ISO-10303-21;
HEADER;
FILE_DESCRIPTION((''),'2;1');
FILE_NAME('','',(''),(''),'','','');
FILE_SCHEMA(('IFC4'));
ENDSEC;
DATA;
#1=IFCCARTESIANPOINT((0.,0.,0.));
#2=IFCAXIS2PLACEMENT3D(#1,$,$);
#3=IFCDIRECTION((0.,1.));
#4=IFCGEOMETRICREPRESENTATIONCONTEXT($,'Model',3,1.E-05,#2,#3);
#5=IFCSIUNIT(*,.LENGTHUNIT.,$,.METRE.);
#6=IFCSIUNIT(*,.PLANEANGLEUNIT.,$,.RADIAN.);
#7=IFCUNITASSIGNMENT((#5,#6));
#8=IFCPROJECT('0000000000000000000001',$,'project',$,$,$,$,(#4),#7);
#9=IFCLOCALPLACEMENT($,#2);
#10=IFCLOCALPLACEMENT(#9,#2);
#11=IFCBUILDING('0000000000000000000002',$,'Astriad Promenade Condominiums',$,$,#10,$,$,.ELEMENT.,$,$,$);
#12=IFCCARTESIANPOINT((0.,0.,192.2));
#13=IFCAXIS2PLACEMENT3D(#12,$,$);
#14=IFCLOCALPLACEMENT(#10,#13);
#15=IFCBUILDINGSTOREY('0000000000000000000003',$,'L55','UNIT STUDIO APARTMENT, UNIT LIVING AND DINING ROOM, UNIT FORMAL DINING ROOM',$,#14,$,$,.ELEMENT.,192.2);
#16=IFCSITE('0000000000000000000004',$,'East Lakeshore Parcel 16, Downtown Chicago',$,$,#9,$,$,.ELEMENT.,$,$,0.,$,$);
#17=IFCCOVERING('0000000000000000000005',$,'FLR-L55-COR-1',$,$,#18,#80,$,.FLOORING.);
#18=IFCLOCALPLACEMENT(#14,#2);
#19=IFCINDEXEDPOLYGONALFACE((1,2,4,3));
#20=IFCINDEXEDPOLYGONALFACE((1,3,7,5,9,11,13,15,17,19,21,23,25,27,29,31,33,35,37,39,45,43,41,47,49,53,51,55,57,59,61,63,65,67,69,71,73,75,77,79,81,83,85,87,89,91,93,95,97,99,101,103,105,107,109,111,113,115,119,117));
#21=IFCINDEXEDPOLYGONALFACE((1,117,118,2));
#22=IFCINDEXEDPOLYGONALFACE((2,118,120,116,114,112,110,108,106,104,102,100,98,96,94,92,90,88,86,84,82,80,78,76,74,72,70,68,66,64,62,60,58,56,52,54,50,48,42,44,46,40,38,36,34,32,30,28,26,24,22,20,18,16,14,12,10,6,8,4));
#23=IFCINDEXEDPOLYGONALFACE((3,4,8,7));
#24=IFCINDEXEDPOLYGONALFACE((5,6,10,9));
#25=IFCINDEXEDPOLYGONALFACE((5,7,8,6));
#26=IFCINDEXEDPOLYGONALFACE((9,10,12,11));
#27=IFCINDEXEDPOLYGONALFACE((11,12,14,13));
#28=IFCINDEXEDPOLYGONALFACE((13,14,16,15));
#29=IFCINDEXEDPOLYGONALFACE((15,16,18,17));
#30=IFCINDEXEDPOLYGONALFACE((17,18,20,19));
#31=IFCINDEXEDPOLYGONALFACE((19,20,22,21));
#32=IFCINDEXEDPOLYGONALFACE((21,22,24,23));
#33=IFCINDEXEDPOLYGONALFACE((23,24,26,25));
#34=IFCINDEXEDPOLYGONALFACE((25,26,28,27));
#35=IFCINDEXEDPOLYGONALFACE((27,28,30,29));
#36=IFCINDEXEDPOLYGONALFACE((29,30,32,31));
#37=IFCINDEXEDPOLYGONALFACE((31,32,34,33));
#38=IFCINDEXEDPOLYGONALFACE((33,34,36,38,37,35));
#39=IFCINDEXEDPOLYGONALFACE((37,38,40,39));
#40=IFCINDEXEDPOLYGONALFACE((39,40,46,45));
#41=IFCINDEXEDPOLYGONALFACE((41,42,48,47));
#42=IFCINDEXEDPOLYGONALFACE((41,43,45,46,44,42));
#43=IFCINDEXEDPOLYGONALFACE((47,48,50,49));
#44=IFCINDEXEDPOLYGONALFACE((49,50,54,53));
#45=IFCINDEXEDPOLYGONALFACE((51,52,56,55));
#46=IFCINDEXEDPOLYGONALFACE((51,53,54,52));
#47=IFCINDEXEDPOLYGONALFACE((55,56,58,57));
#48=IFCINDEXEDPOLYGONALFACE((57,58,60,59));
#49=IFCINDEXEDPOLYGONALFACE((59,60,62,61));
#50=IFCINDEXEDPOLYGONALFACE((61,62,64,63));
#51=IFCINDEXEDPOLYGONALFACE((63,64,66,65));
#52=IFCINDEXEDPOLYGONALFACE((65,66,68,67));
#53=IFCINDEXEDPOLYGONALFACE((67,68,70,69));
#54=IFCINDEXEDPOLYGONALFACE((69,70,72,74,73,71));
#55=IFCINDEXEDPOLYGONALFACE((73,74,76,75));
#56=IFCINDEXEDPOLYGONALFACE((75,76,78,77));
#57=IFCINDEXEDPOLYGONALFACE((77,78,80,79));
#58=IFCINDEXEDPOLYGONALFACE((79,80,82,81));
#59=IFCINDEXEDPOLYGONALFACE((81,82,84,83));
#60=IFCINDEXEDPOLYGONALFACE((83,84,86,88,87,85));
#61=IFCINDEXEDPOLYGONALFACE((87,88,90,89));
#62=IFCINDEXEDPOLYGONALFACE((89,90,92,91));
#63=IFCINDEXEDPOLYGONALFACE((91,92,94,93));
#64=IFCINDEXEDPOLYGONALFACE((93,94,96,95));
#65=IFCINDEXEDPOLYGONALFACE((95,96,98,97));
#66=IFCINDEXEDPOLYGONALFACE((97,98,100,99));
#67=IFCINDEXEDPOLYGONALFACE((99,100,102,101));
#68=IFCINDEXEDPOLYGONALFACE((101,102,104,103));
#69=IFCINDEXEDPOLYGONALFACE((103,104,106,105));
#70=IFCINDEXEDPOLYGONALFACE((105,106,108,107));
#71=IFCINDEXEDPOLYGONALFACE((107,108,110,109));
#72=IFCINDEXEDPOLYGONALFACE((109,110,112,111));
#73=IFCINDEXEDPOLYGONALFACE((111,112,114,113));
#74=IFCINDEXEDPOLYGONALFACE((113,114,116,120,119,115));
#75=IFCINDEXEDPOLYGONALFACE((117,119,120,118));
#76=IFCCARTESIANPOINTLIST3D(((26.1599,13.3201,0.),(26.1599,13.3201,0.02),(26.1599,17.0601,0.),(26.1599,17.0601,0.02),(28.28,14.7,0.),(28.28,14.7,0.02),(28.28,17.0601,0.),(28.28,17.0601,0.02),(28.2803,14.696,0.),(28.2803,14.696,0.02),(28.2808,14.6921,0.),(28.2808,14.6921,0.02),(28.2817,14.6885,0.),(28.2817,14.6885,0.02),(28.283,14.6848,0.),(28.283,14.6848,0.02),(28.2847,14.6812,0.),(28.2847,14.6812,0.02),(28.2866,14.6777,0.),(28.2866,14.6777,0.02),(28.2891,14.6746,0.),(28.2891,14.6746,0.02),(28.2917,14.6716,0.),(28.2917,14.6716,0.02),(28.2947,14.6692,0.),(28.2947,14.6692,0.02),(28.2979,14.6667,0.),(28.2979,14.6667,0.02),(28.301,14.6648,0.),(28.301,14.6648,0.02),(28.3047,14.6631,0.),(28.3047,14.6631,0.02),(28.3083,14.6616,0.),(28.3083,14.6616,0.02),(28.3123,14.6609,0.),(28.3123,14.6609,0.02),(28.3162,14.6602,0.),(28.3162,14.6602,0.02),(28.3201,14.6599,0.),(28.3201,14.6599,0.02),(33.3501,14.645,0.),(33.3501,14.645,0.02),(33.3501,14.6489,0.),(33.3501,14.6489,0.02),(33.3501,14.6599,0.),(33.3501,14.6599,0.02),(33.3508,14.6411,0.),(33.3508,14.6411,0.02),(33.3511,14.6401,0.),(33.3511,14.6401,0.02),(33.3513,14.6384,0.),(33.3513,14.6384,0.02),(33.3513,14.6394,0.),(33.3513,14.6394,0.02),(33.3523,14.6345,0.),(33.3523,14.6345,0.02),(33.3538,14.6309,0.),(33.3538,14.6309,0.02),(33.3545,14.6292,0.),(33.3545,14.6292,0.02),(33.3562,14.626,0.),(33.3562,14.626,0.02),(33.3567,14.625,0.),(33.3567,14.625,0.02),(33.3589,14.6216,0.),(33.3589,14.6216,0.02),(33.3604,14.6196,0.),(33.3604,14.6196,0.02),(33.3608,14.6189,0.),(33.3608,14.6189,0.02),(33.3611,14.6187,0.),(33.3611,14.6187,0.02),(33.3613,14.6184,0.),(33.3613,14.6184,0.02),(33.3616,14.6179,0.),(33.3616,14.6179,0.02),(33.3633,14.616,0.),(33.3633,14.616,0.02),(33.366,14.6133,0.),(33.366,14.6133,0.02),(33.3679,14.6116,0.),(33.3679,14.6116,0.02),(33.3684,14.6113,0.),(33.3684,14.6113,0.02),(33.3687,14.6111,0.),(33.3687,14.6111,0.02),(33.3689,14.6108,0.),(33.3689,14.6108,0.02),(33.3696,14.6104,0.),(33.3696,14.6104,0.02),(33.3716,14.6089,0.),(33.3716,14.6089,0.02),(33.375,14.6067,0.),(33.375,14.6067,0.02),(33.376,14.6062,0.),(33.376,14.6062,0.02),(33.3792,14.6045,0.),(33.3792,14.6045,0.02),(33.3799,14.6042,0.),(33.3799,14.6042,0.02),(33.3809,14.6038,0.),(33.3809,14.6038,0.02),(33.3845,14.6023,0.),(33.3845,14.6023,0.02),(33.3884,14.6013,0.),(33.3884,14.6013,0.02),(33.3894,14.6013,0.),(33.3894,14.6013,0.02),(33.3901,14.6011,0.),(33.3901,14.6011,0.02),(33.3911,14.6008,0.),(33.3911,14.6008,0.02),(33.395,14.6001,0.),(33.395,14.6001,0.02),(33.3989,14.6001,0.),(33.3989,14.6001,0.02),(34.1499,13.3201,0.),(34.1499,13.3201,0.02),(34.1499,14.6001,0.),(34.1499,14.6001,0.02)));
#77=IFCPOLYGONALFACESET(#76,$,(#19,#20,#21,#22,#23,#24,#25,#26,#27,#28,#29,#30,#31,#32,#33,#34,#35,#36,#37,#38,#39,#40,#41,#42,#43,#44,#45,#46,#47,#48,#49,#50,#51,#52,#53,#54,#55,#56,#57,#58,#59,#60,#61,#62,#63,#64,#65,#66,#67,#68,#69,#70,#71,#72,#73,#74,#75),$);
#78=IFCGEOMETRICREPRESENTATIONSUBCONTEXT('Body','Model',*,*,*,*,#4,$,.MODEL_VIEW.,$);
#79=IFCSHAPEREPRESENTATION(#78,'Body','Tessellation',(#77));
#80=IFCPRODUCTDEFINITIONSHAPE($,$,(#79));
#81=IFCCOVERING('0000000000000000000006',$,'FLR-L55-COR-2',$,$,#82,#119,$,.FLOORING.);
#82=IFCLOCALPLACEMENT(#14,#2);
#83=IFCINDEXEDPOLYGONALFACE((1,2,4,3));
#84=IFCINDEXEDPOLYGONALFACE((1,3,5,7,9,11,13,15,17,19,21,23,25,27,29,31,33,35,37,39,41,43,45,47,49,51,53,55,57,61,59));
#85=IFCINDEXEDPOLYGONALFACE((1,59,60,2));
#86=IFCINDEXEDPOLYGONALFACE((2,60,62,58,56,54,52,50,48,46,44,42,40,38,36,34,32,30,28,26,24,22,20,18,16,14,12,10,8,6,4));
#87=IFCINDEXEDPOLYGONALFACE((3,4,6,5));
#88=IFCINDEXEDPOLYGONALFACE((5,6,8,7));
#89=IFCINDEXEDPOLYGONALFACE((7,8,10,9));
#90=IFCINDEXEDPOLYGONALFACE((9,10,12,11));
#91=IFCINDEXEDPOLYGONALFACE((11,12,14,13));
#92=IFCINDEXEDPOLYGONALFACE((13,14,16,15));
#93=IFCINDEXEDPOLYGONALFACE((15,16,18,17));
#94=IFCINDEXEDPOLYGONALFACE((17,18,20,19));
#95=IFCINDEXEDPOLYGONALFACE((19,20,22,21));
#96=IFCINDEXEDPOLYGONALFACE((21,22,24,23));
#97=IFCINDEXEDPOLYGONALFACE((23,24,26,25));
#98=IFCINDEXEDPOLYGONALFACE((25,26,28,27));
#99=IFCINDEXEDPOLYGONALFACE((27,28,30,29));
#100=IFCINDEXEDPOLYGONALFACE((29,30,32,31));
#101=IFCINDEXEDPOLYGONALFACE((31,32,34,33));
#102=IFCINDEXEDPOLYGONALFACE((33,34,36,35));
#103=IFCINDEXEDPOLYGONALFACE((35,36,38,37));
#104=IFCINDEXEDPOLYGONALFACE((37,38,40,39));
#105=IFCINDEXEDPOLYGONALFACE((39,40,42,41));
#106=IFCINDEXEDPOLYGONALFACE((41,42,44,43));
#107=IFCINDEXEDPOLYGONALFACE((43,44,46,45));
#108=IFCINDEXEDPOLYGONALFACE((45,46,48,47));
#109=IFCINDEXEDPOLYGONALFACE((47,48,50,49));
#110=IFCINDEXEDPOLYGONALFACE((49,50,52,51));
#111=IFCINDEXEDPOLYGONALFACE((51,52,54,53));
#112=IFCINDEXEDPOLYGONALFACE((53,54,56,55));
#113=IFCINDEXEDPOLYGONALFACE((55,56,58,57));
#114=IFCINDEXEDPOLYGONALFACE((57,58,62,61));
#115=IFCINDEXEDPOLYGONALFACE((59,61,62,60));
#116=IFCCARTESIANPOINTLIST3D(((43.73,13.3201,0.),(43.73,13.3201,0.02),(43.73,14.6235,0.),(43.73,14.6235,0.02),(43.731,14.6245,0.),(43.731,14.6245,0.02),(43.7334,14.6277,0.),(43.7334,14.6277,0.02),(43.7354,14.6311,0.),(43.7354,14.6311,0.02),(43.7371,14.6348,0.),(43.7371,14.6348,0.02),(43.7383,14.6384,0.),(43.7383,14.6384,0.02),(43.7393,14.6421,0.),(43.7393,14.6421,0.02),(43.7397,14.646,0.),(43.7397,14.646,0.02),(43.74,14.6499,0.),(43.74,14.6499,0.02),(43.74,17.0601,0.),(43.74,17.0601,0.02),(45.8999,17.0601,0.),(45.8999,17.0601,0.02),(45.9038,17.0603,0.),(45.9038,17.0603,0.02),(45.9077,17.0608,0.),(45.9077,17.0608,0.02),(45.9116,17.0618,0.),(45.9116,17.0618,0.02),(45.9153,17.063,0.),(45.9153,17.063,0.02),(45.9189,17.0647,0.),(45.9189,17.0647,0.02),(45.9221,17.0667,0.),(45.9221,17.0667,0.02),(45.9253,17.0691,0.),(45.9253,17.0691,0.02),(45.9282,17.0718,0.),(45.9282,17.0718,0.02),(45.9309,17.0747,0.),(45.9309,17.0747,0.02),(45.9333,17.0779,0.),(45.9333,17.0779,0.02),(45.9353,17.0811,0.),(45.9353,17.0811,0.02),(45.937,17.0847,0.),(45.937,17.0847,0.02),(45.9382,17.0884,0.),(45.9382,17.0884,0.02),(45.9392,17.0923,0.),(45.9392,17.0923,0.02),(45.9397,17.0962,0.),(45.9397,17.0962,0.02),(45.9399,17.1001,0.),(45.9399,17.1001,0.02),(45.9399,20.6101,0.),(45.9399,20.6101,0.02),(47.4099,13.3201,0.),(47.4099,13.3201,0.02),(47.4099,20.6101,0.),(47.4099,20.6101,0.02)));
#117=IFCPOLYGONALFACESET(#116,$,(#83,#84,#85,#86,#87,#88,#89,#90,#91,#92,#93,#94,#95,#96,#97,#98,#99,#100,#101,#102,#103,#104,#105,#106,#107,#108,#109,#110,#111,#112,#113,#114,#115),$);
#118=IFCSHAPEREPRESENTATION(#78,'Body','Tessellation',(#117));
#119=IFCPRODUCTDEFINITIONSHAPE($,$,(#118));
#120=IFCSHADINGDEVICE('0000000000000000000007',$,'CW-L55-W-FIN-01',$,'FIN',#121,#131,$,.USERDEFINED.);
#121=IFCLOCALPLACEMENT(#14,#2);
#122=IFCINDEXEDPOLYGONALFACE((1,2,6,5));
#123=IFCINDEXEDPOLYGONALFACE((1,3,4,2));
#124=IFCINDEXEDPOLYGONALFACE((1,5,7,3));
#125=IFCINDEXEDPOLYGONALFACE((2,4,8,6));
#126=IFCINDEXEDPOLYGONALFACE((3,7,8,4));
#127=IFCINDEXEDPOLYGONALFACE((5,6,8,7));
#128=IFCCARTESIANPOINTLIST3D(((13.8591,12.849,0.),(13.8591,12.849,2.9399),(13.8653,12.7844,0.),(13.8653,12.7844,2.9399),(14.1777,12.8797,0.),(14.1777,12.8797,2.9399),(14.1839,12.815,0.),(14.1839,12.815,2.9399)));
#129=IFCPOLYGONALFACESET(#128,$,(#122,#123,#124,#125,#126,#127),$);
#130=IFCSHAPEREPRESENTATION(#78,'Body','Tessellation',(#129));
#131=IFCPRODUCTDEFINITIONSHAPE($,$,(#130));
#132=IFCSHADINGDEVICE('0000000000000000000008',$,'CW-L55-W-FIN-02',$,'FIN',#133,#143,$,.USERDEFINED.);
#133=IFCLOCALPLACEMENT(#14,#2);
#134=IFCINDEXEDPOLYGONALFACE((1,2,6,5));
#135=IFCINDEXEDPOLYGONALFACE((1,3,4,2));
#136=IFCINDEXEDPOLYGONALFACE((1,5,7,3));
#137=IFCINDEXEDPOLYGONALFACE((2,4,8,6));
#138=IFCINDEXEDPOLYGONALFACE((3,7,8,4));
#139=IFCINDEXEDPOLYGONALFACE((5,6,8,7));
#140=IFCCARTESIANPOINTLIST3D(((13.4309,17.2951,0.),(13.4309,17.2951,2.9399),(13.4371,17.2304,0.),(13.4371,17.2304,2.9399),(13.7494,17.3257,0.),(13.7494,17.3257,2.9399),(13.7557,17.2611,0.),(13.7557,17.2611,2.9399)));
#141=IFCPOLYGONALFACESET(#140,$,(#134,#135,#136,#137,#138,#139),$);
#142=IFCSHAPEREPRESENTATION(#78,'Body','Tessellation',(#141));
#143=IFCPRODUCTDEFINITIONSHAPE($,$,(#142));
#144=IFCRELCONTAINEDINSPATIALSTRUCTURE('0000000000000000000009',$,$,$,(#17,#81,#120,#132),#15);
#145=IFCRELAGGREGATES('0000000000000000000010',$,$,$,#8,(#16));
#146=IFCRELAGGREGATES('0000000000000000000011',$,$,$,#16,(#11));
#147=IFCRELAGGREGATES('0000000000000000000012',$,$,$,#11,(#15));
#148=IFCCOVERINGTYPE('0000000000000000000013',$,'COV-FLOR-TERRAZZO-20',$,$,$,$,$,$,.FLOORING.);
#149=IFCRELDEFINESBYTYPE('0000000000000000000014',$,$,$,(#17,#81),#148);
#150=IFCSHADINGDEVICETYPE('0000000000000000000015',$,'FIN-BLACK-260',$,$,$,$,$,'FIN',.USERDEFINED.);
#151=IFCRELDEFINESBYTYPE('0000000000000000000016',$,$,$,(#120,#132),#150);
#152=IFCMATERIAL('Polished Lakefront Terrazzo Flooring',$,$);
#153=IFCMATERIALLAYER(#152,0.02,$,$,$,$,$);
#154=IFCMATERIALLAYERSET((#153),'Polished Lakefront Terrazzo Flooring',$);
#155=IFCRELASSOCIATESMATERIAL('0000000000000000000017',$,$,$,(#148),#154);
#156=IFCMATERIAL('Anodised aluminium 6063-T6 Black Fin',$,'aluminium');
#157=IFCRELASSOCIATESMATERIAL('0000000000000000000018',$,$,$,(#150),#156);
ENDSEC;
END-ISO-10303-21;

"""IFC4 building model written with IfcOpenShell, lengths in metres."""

from ifc_helpers import new_model, si_unit, direction, frame, origin, origin_2d, place, context, subcontext, project, spatial, polyline, rectangle, outline, extrude, source, transform, mapped, material, layer, layer_set, type_object, type_shapes, element, save


model = new_model("IFC4")

# Units and contexts
model_context = context("Model", 3, precision=1e-05, world=origin(), true_north=direction((0.0, 1.0)))
body_context = subcontext(model_context, "Body", "Model", "MODEL_VIEW")
ifc_project = project(units=[si_unit("LENGTHUNIT", "METRE"), si_unit("PLANEANGLEUNIT", "RADIAN")], contexts=[model_context])

# Site, building, storey
site_placement = place(None, origin())
site = spatial("IfcSite", under=ifc_project, at=site_placement, Name="East Lakeshore Parcel 16, Downtown Chicago", CompositionType="ELEMENT", RefElevation=0.0)
building_placement = place(site_placement, origin())
building = spatial("IfcBuilding", under=site, at=building_placement, Name="Astriad Promenade Condominiums", CompositionType="ELEMENT")
storey_placement = place(building_placement, frame((0.0, 0.0, 192.2)))
storey = spatial("IfcBuildingStorey", under=building, at=storey_placement, Name="L55", Description="UNIT STUDIO APARTMENT, UNIT LIVING AND DINING ROOM, UNIT FORMAL DINING ROOM", CompositionType="ELEMENT", Elevation=192.2)

# Coverings
ifc_material_1 = material(Name="Polished Lakefront Terrazzo Flooring")
ifc_layer_1 = layer(ifc_material_1, 0.02)
ifc_layer_set_1 = layer_set([ifc_layer_1], Name="Polished Lakefront Terrazzo Flooring")
covering_type = type_object("IfcCoveringType", Name="COV-FLOR-TERRAZZO-20", PredefinedType="FLOORING", material=ifc_layer_set_1)
covering_1_placement = place(storey_placement, origin())
element("IfcCovering", 1, at=covering_1_placement, inside=storey, type_object=covering_type, Name="FLR-L55-COR-1", PredefinedType="FLOORING", context=body_context, shape_type="SweptSolid", body=[
    extrude(outline(polyline([(26.1599, 13.3201), (26.1599, 17.0601), (28.28, 17.0601), (28.28, 14.7), (28.2803, 14.696), (28.2808, 14.6921), (28.2817, 14.6885), (28.283, 14.6848), (28.2847, 14.6812), (28.2866, 14.6777), (28.2891, 14.6746), (28.2917, 14.6716), (28.2947, 14.6692), (28.2979, 14.6667), (28.301, 14.6648), (28.3047, 14.6631), (28.3083, 14.6616), (28.3123, 14.6609), (28.3162, 14.6602), (28.3201, 14.6599), (33.3501, 14.6599), (33.3501, 14.6489), (33.3501, 14.645), (33.3508, 14.6411), (33.3511, 14.6401), (33.3513, 14.6394), (33.3513, 14.6384), (33.3523, 14.6345), (33.3538, 14.6309), (33.3545, 14.6292), (33.3562, 14.626), (33.3567, 14.625), (33.3589, 14.6216), (33.3604, 14.6196), (33.3608, 14.6189), (33.3611, 14.6187), (33.3613, 14.6184), (33.3616, 14.6179), (33.3633, 14.616), (33.366, 14.6133), (33.3679, 14.6116), (33.3684, 14.6113), (33.3687, 14.6111), (33.3689, 14.6108), (33.3696, 14.6104), (33.3716, 14.6089), (33.375, 14.6067), (33.376, 14.6062), (33.3792, 14.6045), (33.3799, 14.6042), (33.3809, 14.6038), (33.3845, 14.6023), (33.3884, 14.6013), (33.3894, 14.6013), (33.3901, 14.6011), (33.3911, 14.6008), (33.395, 14.6001), (33.3989, 14.6001), (34.1499, 14.6001), (34.1499, 13.3201), (26.1599, 13.3201)])), origin(), (0.0, 0.0, 1.0), 0.02),
])
covering_2_placement = place(storey_placement, origin())
element("IfcCovering", 2, at=covering_2_placement, inside=storey, type_object=covering_type, Name="FLR-L55-COR-2", PredefinedType="FLOORING", context=body_context, shape_type="SweptSolid", body=[
    extrude(outline(polyline([(43.73, 14.6235), (43.731, 14.6245), (43.7334, 14.6277), (43.7354, 14.6311), (43.7371, 14.6348), (43.7383, 14.6384), (43.7393, 14.6421), (43.7397, 14.646), (43.74, 14.6499), (43.74, 17.0601), (45.8999, 17.0601), (45.9038, 17.0603), (45.9077, 17.0608), (45.9116, 17.0618), (45.9153, 17.063), (45.9189, 17.0647), (45.9221, 17.0667), (45.9253, 17.0691), (45.9282, 17.0718), (45.9309, 17.0747), (45.9333, 17.0779), (45.9353, 17.0811), (45.937, 17.0847), (45.9382, 17.0884), (45.9392, 17.0923), (45.9397, 17.0962), (45.9399, 17.1001), (45.9399, 20.6101), (47.4099, 20.6101), (47.4099, 13.3201), (43.73, 13.3201), (43.73, 14.6235)])), origin(), (0.0, 0.0, 1.0), 0.02),
])

# Shading devices
ifc_material_2 = material(Name="Anodised aluminium 6063-T6 Black Fin", Category="aluminium")
shading_device_type = type_object("IfcShadingDeviceType", Name="FIN-BLACK-260", ElementType="FIN", PredefinedType="USERDEFINED", material=ifc_material_2)
shared_shape_1 = source(origin(), body_context, "Body", "SweptSolid", [
    extrude(rectangle(XDim=0.0649, YDim=0.3201, at=origin_2d()), origin(), (0.0, 0.0, 1.0), 2.9399),
])
type_shapes(shading_device_type, [shared_shape_1])
for number, where, z_axis, x_axis, name in (
    (3, (14.0215, 12.832, 0.0), (0.0, 0.0, 1.0), (-0.095846, 0.995396, 0.0), "CW-L55-W-FIN-01"),
    (4, (13.5933, 17.2781, 0.0), (0.0, 0.0, 1.0), (-0.095846, 0.995396, 0.0), "CW-L55-W-FIN-02"),
):
    element("IfcShadingDevice", number, at=place(storey_placement, frame(where, z_axis=z_axis, x_axis=x_axis)), inside=storey, type_object=shading_device_type, Name=name, ObjectType="FIN", PredefinedType="USERDEFINED", context=body_context, shape_type="MappedRepresentation", body=[
        mapped(shared_shape_1, transform((0.0, 0.0, 0.0), scale=1.0)),
    ])

save(model, "model.ifc")
